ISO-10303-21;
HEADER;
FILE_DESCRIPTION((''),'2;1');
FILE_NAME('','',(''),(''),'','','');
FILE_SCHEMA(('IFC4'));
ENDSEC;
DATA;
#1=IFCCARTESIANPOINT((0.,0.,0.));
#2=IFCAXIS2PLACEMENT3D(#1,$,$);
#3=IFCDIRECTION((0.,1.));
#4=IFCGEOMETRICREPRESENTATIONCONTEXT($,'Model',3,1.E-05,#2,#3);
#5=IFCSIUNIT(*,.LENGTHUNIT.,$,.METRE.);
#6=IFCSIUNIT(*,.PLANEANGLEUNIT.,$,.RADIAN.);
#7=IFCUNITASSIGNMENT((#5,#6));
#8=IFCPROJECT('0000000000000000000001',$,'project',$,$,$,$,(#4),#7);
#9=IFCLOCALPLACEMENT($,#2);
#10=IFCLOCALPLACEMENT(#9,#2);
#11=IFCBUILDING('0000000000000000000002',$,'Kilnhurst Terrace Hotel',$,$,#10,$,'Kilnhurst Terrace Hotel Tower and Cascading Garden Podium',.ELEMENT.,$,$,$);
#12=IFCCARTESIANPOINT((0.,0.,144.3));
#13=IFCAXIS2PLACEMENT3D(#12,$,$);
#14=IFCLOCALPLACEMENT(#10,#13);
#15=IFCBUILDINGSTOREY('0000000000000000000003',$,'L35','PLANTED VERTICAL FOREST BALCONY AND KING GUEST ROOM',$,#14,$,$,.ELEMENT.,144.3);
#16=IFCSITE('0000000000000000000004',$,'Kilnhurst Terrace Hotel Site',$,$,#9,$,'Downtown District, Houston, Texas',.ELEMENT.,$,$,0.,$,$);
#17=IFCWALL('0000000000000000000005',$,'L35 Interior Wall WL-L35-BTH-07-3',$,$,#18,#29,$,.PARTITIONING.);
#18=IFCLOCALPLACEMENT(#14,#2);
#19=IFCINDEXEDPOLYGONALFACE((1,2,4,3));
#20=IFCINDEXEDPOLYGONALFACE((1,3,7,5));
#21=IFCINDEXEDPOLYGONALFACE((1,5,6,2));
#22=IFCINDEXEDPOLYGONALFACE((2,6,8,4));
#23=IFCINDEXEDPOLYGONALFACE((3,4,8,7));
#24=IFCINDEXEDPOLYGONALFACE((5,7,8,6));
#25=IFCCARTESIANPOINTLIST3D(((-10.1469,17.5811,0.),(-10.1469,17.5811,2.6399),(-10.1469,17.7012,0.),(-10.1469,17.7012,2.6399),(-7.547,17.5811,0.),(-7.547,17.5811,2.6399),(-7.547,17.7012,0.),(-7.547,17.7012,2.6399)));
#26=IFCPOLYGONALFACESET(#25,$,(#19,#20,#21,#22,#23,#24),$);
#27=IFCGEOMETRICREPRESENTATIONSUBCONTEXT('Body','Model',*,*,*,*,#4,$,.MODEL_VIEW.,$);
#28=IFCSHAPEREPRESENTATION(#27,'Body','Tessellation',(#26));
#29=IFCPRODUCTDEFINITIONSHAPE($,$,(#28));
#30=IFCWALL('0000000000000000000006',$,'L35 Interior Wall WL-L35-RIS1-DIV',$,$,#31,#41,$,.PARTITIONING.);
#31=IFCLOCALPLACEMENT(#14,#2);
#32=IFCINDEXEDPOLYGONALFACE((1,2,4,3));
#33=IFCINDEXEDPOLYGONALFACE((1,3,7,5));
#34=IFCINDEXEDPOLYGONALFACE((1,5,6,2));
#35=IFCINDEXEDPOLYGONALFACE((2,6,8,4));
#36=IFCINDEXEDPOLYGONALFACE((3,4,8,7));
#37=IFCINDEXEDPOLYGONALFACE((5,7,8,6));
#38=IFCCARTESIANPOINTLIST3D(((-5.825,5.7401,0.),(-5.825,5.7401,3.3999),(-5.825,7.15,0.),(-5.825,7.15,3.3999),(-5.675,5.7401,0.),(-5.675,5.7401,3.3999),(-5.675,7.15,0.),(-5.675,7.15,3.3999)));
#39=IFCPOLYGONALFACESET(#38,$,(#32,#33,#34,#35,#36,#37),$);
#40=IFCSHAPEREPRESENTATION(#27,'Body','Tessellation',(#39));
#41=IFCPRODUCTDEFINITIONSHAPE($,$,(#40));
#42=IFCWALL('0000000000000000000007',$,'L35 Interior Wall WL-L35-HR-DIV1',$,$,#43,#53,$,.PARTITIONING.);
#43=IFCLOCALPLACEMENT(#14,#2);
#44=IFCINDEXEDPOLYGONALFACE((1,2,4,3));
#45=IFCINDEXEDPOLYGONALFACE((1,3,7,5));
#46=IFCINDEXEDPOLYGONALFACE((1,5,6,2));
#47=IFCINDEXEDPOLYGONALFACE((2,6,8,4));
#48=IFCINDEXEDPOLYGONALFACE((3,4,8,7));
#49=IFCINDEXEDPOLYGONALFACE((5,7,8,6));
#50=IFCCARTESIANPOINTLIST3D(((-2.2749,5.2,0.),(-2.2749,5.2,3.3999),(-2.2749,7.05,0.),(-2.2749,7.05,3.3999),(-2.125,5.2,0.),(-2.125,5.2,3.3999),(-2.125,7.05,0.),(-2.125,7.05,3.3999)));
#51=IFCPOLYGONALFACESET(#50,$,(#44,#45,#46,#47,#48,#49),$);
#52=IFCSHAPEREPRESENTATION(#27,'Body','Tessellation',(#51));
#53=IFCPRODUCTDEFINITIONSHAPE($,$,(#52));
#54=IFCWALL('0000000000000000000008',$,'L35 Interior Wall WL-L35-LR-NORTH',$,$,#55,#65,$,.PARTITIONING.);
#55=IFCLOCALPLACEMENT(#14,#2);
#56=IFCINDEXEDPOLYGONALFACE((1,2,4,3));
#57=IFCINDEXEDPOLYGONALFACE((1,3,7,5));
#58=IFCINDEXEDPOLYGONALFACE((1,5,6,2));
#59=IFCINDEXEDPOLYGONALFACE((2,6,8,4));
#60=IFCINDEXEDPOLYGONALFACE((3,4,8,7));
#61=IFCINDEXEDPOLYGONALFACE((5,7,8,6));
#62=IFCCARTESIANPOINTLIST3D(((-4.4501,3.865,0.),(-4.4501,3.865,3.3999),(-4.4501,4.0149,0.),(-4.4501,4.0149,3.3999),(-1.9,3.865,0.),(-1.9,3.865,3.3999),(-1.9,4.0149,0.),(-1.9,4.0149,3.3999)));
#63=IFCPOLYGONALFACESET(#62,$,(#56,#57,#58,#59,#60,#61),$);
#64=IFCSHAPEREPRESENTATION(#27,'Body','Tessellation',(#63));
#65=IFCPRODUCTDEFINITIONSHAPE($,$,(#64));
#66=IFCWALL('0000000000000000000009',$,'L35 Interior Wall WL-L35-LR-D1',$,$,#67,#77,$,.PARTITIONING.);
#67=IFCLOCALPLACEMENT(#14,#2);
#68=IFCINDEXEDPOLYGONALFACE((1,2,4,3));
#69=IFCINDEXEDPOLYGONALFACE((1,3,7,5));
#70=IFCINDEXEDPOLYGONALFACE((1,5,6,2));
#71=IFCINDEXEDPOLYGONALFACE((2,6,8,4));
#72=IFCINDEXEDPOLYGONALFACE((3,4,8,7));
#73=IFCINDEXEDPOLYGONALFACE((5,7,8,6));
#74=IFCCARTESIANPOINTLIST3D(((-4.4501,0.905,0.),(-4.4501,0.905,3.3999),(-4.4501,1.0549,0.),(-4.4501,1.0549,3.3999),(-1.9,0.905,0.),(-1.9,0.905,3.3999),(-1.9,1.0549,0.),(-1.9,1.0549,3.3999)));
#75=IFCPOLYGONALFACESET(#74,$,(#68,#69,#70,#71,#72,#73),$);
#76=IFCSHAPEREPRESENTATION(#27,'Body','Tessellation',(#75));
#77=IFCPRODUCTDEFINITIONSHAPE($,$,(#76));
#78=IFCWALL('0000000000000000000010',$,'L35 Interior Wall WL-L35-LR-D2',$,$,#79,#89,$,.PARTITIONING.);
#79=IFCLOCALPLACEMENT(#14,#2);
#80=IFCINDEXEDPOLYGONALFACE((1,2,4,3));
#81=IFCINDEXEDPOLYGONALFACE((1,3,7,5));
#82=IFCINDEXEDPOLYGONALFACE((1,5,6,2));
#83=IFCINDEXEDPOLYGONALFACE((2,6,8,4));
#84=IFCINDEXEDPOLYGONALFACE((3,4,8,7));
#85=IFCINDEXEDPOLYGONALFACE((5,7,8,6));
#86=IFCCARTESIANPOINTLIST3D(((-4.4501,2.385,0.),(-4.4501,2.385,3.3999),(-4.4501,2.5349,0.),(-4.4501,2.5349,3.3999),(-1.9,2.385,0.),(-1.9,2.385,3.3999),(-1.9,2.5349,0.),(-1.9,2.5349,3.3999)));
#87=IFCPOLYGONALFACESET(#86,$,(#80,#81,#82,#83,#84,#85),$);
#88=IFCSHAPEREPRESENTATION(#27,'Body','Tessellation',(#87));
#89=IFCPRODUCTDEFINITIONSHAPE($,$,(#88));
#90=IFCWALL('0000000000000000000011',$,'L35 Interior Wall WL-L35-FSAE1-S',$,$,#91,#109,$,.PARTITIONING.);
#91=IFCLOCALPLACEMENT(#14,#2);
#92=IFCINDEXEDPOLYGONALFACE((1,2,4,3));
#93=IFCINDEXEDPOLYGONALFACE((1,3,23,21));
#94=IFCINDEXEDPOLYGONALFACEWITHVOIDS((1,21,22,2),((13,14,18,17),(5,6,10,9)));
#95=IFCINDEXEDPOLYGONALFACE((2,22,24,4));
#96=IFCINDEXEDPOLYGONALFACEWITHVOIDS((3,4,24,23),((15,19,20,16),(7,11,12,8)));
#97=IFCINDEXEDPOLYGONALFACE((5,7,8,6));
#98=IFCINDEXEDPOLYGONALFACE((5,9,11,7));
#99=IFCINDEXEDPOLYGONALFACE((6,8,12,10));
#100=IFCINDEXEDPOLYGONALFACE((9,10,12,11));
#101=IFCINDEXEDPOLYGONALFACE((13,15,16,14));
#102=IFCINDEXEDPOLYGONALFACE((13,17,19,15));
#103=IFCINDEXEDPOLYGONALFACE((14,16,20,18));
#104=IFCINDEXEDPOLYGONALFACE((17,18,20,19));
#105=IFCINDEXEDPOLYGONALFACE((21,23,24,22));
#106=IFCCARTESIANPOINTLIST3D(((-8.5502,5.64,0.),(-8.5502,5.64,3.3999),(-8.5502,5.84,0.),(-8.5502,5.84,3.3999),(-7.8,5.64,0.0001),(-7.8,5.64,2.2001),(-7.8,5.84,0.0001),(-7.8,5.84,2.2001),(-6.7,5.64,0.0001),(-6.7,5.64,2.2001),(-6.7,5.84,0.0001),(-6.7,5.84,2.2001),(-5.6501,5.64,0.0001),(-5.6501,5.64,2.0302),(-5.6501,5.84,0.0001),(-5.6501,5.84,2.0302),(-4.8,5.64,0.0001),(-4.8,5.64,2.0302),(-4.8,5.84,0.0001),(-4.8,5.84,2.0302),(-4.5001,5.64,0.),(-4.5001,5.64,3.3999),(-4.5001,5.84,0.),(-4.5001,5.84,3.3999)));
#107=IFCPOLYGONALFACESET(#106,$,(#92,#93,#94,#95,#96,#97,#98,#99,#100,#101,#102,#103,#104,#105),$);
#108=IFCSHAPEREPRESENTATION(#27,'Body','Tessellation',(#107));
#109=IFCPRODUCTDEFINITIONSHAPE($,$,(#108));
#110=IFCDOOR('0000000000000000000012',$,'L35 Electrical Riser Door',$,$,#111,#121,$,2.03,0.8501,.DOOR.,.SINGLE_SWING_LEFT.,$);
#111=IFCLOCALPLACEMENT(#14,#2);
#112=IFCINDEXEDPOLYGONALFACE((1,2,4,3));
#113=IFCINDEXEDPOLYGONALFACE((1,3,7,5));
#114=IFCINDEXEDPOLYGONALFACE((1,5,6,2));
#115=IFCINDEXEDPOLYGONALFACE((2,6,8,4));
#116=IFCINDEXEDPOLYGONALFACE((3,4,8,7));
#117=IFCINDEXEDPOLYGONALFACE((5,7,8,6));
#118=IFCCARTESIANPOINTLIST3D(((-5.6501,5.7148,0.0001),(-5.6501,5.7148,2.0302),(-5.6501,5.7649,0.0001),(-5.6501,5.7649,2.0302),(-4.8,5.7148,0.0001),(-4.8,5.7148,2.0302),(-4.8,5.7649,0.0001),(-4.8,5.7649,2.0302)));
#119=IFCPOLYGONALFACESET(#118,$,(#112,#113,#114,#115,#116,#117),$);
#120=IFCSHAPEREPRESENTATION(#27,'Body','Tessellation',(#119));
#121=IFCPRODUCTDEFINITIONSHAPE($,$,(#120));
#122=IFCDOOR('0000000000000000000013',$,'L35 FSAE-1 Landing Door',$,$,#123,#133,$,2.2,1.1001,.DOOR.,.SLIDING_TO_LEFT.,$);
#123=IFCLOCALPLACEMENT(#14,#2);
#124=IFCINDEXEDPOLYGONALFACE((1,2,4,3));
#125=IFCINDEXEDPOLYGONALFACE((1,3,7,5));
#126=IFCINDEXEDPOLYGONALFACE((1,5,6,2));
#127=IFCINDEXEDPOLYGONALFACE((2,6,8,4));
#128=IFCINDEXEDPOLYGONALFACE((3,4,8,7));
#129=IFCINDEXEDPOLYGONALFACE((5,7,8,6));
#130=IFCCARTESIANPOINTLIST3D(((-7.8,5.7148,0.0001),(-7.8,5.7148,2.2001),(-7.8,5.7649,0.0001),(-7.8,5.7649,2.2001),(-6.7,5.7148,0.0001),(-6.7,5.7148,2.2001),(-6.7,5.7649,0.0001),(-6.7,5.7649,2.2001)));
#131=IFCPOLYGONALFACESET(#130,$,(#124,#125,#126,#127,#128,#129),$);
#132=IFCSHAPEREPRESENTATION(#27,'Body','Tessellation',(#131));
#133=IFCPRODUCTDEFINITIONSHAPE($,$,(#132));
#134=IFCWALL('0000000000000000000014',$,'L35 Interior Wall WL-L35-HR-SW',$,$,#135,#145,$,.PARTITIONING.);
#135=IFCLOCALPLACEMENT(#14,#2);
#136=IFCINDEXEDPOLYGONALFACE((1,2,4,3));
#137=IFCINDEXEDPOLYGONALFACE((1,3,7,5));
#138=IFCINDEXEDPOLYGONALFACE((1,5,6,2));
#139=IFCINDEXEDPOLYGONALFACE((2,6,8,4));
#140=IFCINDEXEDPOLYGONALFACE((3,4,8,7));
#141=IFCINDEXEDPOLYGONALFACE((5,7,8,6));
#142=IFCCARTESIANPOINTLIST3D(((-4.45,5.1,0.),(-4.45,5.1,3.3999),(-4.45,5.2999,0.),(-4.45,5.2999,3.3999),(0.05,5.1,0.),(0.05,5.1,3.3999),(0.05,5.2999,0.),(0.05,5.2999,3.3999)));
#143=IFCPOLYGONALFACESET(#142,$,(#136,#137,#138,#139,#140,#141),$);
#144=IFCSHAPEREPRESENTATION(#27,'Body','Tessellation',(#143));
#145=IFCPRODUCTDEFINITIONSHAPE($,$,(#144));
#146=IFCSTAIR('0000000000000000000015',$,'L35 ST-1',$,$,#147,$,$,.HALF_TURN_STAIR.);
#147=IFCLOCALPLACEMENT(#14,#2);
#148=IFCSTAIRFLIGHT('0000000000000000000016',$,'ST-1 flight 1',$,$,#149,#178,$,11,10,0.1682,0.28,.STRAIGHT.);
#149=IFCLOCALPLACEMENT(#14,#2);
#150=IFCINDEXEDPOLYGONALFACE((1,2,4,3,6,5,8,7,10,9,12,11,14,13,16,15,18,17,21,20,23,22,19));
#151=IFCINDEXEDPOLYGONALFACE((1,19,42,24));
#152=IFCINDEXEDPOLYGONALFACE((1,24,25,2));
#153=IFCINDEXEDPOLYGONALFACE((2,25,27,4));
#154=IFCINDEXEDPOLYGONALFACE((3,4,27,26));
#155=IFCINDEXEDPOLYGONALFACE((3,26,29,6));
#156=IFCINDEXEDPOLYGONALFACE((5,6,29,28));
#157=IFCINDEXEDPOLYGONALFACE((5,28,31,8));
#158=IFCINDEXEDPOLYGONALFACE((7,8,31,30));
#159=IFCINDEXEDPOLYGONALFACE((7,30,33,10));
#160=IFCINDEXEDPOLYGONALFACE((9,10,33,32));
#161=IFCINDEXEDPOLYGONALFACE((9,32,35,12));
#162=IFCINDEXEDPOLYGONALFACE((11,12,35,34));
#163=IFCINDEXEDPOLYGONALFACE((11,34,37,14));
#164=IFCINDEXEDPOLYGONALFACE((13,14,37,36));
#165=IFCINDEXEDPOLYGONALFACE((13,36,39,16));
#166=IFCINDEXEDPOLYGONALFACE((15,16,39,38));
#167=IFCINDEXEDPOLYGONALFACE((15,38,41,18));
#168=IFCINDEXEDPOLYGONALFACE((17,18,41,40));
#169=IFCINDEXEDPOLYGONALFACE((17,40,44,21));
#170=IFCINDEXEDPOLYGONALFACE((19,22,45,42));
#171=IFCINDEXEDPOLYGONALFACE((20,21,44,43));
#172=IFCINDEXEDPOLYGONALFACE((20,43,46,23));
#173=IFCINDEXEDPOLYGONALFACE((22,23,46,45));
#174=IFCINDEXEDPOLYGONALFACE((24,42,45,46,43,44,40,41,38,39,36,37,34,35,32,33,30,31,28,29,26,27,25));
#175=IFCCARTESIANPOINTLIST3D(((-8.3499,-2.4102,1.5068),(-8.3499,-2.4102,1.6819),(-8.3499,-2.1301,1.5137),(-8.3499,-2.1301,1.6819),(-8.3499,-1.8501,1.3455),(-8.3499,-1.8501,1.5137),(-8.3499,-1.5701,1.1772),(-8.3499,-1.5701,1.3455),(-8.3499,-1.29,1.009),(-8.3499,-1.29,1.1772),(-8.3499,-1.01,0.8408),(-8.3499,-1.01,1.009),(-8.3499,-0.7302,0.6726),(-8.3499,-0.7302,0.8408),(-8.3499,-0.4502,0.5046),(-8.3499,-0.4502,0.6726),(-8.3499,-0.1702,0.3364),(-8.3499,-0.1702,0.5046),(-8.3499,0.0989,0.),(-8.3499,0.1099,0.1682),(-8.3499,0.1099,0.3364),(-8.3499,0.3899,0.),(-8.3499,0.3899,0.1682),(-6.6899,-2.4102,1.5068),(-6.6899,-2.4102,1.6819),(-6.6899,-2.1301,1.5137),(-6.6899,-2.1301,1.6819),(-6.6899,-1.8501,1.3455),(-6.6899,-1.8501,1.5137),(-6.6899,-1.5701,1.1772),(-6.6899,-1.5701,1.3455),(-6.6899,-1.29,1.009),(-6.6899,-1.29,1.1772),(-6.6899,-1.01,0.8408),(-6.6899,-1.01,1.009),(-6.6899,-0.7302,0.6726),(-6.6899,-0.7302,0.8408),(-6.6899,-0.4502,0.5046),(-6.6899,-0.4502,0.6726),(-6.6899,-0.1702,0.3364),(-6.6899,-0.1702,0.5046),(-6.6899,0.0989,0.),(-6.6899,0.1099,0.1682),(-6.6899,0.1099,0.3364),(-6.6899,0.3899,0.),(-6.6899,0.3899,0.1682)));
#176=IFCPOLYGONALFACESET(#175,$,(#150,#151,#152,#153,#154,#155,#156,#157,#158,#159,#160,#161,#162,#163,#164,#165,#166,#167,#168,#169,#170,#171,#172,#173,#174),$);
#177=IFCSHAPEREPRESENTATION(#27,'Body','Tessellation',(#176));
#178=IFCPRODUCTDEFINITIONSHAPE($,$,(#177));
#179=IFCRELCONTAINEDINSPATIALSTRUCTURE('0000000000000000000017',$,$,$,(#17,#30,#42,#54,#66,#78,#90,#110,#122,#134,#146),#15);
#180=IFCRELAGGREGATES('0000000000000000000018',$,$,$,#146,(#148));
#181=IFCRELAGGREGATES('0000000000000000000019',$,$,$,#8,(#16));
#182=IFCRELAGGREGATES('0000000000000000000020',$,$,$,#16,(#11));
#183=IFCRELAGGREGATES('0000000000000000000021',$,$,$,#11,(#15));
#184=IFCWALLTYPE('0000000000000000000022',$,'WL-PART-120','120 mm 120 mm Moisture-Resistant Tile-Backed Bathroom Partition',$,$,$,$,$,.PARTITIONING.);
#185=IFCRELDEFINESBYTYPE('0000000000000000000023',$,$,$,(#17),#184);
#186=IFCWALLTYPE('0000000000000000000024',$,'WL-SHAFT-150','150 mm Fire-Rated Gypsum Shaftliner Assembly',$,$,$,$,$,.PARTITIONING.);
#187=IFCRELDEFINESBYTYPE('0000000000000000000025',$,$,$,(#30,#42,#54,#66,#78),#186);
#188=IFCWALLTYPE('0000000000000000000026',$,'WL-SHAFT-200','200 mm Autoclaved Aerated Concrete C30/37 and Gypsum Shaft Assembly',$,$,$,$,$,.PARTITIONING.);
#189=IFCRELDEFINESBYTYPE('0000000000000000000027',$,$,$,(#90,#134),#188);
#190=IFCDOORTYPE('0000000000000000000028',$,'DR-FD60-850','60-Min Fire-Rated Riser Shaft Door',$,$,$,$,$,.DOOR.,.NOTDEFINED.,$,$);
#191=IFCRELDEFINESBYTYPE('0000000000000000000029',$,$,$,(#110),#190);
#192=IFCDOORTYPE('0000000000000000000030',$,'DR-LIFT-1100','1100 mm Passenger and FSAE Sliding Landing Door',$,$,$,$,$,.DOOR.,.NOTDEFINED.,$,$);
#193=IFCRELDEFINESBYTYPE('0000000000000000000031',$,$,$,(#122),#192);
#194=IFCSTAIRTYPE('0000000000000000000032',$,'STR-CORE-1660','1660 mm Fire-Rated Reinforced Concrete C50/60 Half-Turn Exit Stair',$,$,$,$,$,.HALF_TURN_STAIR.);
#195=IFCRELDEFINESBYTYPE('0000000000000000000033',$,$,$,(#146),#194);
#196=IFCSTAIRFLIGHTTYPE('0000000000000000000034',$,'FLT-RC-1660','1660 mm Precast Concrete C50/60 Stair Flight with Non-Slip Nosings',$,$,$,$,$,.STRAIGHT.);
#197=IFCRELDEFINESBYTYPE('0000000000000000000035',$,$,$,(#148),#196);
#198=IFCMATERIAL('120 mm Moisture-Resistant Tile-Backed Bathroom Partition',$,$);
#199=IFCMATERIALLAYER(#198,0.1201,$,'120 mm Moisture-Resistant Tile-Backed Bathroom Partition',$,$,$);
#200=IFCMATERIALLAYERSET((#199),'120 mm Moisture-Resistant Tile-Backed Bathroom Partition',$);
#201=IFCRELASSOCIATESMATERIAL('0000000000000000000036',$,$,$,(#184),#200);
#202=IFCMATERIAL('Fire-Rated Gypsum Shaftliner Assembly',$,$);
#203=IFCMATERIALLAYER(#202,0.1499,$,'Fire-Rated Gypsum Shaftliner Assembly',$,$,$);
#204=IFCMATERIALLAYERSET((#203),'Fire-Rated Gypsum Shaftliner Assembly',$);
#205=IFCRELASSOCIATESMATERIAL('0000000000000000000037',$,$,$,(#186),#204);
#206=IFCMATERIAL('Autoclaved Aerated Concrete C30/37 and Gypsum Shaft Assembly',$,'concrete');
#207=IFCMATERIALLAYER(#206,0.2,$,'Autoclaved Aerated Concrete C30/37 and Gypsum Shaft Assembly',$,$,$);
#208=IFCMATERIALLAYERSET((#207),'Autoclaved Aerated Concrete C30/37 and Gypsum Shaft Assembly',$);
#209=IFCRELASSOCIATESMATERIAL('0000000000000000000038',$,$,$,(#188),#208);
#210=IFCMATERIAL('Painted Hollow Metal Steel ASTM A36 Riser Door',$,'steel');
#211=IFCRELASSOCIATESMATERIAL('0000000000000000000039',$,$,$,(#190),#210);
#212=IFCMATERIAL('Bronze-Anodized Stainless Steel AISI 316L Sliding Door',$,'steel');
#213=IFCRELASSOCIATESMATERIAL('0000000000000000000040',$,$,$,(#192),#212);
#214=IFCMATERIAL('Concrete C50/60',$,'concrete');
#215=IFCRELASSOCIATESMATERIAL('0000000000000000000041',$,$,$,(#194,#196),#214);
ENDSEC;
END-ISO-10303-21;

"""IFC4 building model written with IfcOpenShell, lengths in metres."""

from ifc_helpers import new_model, si_unit, direction, frame, frame_2d, origin, place, context, subcontext, project, spatial, polyline, rectangle, outline, extrude, material, layer, layer_set, type_object, element, fill, aggregate, save


model = new_model("IFC4")

# Units and contexts
model_context = context("Model", 3, precision=1e-05, world=origin(), true_north=direction((0.0, 1.0)))
body_context = subcontext(model_context, "Body", "Model", "MODEL_VIEW")
ifc_project = project(units=[si_unit("LENGTHUNIT", "METRE"), si_unit("PLANEANGLEUNIT", "RADIAN")], contexts=[model_context])

# Site, building, storey
site_placement = place(None, origin())
site = spatial("IfcSite", under=ifc_project, at=site_placement, Name="Kilnhurst Terrace Hotel Site", LongName="Downtown District, Houston, Texas", CompositionType="ELEMENT", RefElevation=0.0)
building_placement = place(site_placement, origin())
building = spatial("IfcBuilding", under=site, at=building_placement, Name="Kilnhurst Terrace Hotel", LongName="Kilnhurst Terrace Hotel Tower and Cascading Garden Podium", CompositionType="ELEMENT")
storey_placement = place(building_placement, frame((0.0, 0.0, 144.3)))
storey = spatial("IfcBuildingStorey", under=building, at=storey_placement, Name="L35", Description="PLANTED VERTICAL FOREST BALCONY AND KING GUEST ROOM", CompositionType="ELEMENT", Elevation=144.3)

# Shared definitions
ifc_material_1 = material(Name="Concrete C50/60", Category="concrete")

# Walls
ifc_material_2 = material(Name="120 mm Moisture-Resistant Tile-Backed Bathroom Partition")
ifc_layer_1 = layer(ifc_material_2, 0.1201, Name="120 mm Moisture-Resistant Tile-Backed Bathroom Partition")
ifc_layer_set_1 = layer_set([ifc_layer_1], Name="120 mm Moisture-Resistant Tile-Backed Bathroom Partition")
wall_type_1 = type_object("IfcWallType", Name="WL-PART-120", Description="120 mm 120 mm Moisture-Resistant Tile-Backed Bathroom Partition", PredefinedType="PARTITIONING", material=ifc_layer_set_1)
wall_1_placement = place(storey_placement, frame((-7.5471, 17.6411, 0.0), z_axis=(0.0, 0.0, 1.0), x_axis=(-1.0, 0.0, 0.0)))
element("IfcWall", 1, at=wall_1_placement, inside=storey, type_object=wall_type_1, Name="L35 Interior Wall WL-L35-BTH-07-3", PredefinedType="PARTITIONING", context=body_context, shape_type="SweptSolid", body=[
    extrude(rectangle(XDim=2.5999, YDim=0.1201, at=frame_2d((1.2998, 0.0))), origin(), (0.0, 0.0, 1.0), 2.6399),
])
ifc_material_3 = material(Name="Fire-Rated Gypsum Shaftliner Assembly")
ifc_layer_2 = layer(ifc_material_3, 0.1499, Name="Fire-Rated Gypsum Shaftliner Assembly")
ifc_layer_set_2 = layer_set([ifc_layer_2], Name="Fire-Rated Gypsum Shaftliner Assembly")
wall_type_2 = type_object("IfcWallType", Name="WL-SHAFT-150", Description="150 mm Fire-Rated Gypsum Shaftliner Assembly", PredefinedType="PARTITIONING", material=ifc_layer_set_2)
wall_2_placement = place(storey_placement, frame((-5.75, 5.74, 0.0), z_axis=(0.0, 0.0, 1.0), x_axis=(0.0, 1.0, 0.0)))
element("IfcWall", 2, at=wall_2_placement, inside=storey, type_object=wall_type_2, Name="L35 Interior Wall WL-L35-RIS1-DIV", PredefinedType="PARTITIONING", context=body_context, shape_type="SweptSolid", body=[
    extrude(rectangle(XDim=1.4099, YDim=0.1499, at=frame_2d((0.7051, 0.0))), origin(), (0.0, 0.0, 1.0), 3.3999),
])
wall_3_placement = place(storey_placement, frame((-2.2, 5.2, 0.0), z_axis=(0.0, 0.0, 1.0), x_axis=(0.0, 1.0, 0.0)))
element("IfcWall", 3, at=wall_3_placement, inside=storey, type_object=wall_type_2, Name="L35 Interior Wall WL-L35-HR-DIV1", PredefinedType="PARTITIONING", context=body_context, shape_type="SweptSolid", body=[
    extrude(rectangle(XDim=1.8501, YDim=0.1499, at=frame_2d((0.925, 0.0))), origin(), (0.0, 0.0, 1.0), 3.3999),
])
for number, where, z_axis, x_axis, name in (
    (4, (-4.45, 3.9399, 0.0), (0.0, 0.0, 1.0), (1.0, 0.0, 0.0), "L35 Interior Wall WL-L35-LR-NORTH"),
    (5, (-4.45, 0.98, 0.0), (0.0, 0.0, 1.0), (1.0, 0.0, 0.0), "L35 Interior Wall WL-L35-LR-D1"),
    (6, (-4.45, 2.46, 0.0), (0.0, 0.0, 1.0), (1.0, 0.0, 0.0), "L35 Interior Wall WL-L35-LR-D2"),
):
    element("IfcWall", number, at=place(storey_placement, frame(where, z_axis=z_axis, x_axis=x_axis)), inside=storey, type_object=wall_type_2, Name=name, PredefinedType="PARTITIONING", context=body_context, shape_type="SweptSolid", body=[
        extrude(rectangle(XDim=2.55, YDim=0.1499, at=frame_2d((1.2749, 0.0))), origin(), (0.0, 0.0, 1.0), 3.3999),
    ])

# Wall, openings, doors
ifc_material_4 = material(Name="Autoclaved Aerated Concrete C30/37 and Gypsum Shaft Assembly", Category="concrete")
ifc_layer_3 = layer(ifc_material_4, 0.2, Name="Autoclaved Aerated Concrete C30/37 and Gypsum Shaft Assembly")
ifc_layer_set_3 = layer_set([ifc_layer_3], Name="Autoclaved Aerated Concrete C30/37 and Gypsum Shaft Assembly")
wall_type_3 = type_object("IfcWallType", Name="WL-SHAFT-200", Description="200 mm Autoclaved Aerated Concrete C30/37 and Gypsum Shaft Assembly", PredefinedType="PARTITIONING", material=ifc_layer_set_3)
wall_4_placement = place(storey_placement, frame((-8.55, 5.74, 0.0), z_axis=(0.0, 0.0, 1.0), x_axis=(1.0, 0.0, 0.0)))
wall_4 = element("IfcWall", 7, at=wall_4_placement, inside=storey, type_object=wall_type_3, Name="L35 Interior Wall WL-L35-FSAE1-S", PredefinedType="PARTITIONING", context=body_context, shape_type="SweptSolid", body=[
    extrude(rectangle(XDim=4.05, YDim=0.2, at=frame_2d((2.0249, 0.0))), origin(), (0.0, 0.0, 1.0), 3.3999),
])
opening_1_placement = place(wall_4_placement, frame((0.75, 0.0, 0.0)))
opening_1 = element("IfcOpeningElement", 8, at=opening_1_placement, cuts=wall_4, PredefinedType="OPENING", context=body_context, shape_type="SweptSolid", body=[
    extrude(rectangle(XDim=1.1001, YDim=2.2, at=frame_2d((0.55, 1.1001))), frame((0.0, 0.1099, 0.0), z_axis=(0.0, -1.0, 0.0), x_axis=(1.0, 0.0, 0.0)), (0.0, 0.0, 1.0), 0.22),
])
opening_2_placement = place(wall_4_placement, frame((2.8999, 0.0, 0.0)))
opening_2 = element("IfcOpeningElement", 9, at=opening_2_placement, cuts=wall_4, PredefinedType="OPENING", context=body_context, shape_type="SweptSolid", body=[
    extrude(rectangle(XDim=0.8501, YDim=2.03, at=frame_2d((0.425, 1.0151))), frame((0.0, 0.1099, 0.0), z_axis=(0.0, -1.0, 0.0), x_axis=(1.0, 0.0, 0.0)), (0.0, 0.0, 1.0), 0.22),
])
ifc_material_5 = material(Name="Painted Hollow Metal Steel ASTM A36 Riser Door", Category="steel")
door_type_1 = type_object("IfcDoorType", Name="DR-FD60-850", Description="60-Min Fire-Rated Riser Shaft Door", OperationType="NOTDEFINED", PredefinedType="DOOR", material=ifc_material_5)
door_1_placement = place(opening_2_placement, origin())
door_1 = element("IfcDoor", 10, at=door_1_placement, inside=storey, type_object=door_type_1, Name="L35 Electrical Riser Door", OperationType="SINGLE_SWING_LEFT", OverallHeight=2.03, OverallWidth=0.8501, PredefinedType="DOOR", context=body_context, shape_type="SweptSolid", body=[
    extrude(rectangle(XDim=0.8501, YDim=2.03, at=frame_2d((0.425, 1.0151))), frame((0.0, 0.0249, 0.0), z_axis=(0.0, -1.0, 0.0), x_axis=(1.0, 0.0, 0.0)), (0.0, 0.0, 1.0), 0.05),
])
fill(opening_2, door_1)
ifc_material_6 = material(Name="Bronze-Anodized Stainless Steel AISI 316L Sliding Door", Category="steel")
door_type_2 = type_object("IfcDoorType", Name="DR-LIFT-1100", Description="1100 mm Passenger and FSAE Sliding Landing Door", OperationType="NOTDEFINED", PredefinedType="DOOR", material=ifc_material_6)
door_2_placement = place(opening_1_placement, origin())
door_2 = element("IfcDoor", 11, at=door_2_placement, inside=storey, type_object=door_type_2, Name="L35 FSAE-1 Landing Door", OperationType="SLIDING_TO_LEFT", OverallHeight=2.2, OverallWidth=1.1001, PredefinedType="DOOR", context=body_context, shape_type="SweptSolid", body=[
    extrude(rectangle(XDim=1.1001, YDim=2.2, at=frame_2d((0.55, 1.1001))), frame((0.0, 0.0249, 0.0), z_axis=(0.0, -1.0, 0.0), x_axis=(1.0, 0.0, 0.0)), (0.0, 0.0, 1.0), 0.05),
])
fill(opening_1, door_2)

# Wall
wall_5_placement = place(storey_placement, frame((-4.45, 5.2, 0.0), z_axis=(0.0, 0.0, 1.0), x_axis=(1.0, 0.0, 0.0)))
element("IfcWall", 12, at=wall_5_placement, inside=storey, type_object=wall_type_3, Name="L35 Interior Wall WL-L35-HR-SW", PredefinedType="PARTITIONING", context=body_context, shape_type="SweptSolid", body=[
    extrude(rectangle(XDim=4.5, YDim=0.2, at=frame_2d((2.25, 0.0))), origin(), (0.0, 0.0, 1.0), 3.3999),
])

# Stair, stair flight
stair_type = type_object("IfcStairType", Name="STR-CORE-1660", Description="1660 mm Fire-Rated Reinforced Concrete C50/60 Half-Turn Exit Stair", PredefinedType="HALF_TURN_STAIR", material=ifc_material_1)
stair_placement = place(storey_placement, origin())
stair = element("IfcStair", 13, at=stair_placement, inside=storey, type_object=stair_type, Name="L35 ST-1", PredefinedType="HALF_TURN_STAIR")
stair_flight_type = type_object("IfcStairFlightType", Name="FLT-RC-1660", Description="1660 mm Precast Concrete C50/60 Stair Flight with Non-Slip Nosings", PredefinedType="STRAIGHT", material=ifc_material_1)
stair_flight_placement = place(storey_placement, frame((-7.52, 0.3899, 0.0), z_axis=(0.0, 0.0, 1.0), x_axis=(0.0, -1.0, 0.0)))
stair_flight = element("IfcStairFlight", 14, at=stair_flight_placement, type_object=stair_flight_type, Name="ST-1 flight 1", NumberOfRisers=11, NumberOfTreads=10, PredefinedType="STRAIGHT", RiserHeight=0.1682, TreadLength=0.28, context=body_context, shape_type="SweptSolid", body=[
    extrude(outline(polyline([(0.0, 0.0), (0.0, 0.1682), (0.28, 0.1682), (0.28, 0.3364), (0.5601, 0.3364), (0.5601, 0.5046), (0.8401, 0.5046), (0.8401, 0.6726), (1.1201, 0.6726), (1.1201, 0.8408), (1.3999, 0.8408), (1.3999, 1.009), (1.6799, 1.009), (1.6799, 1.1772), (1.96, 1.1772), (1.96, 1.3455), (2.24, 1.3455), (2.24, 1.5137), (2.52, 1.5137), (2.52, 1.6819), (2.8, 1.6819), (2.8, 1.8501), (2.8, 1.5068), (0.291, 0.0), (0.0, 0.0)])), frame((0.0, 0.8301, 0.0), z_axis=(0.0, -1.0, 0.0), x_axis=(1.0, 0.0, 0.0)), (0.0, 0.0, 1.0), 1.6599),
])
aggregate(stair, [stair_flight])

save(model, "model.ifc")
